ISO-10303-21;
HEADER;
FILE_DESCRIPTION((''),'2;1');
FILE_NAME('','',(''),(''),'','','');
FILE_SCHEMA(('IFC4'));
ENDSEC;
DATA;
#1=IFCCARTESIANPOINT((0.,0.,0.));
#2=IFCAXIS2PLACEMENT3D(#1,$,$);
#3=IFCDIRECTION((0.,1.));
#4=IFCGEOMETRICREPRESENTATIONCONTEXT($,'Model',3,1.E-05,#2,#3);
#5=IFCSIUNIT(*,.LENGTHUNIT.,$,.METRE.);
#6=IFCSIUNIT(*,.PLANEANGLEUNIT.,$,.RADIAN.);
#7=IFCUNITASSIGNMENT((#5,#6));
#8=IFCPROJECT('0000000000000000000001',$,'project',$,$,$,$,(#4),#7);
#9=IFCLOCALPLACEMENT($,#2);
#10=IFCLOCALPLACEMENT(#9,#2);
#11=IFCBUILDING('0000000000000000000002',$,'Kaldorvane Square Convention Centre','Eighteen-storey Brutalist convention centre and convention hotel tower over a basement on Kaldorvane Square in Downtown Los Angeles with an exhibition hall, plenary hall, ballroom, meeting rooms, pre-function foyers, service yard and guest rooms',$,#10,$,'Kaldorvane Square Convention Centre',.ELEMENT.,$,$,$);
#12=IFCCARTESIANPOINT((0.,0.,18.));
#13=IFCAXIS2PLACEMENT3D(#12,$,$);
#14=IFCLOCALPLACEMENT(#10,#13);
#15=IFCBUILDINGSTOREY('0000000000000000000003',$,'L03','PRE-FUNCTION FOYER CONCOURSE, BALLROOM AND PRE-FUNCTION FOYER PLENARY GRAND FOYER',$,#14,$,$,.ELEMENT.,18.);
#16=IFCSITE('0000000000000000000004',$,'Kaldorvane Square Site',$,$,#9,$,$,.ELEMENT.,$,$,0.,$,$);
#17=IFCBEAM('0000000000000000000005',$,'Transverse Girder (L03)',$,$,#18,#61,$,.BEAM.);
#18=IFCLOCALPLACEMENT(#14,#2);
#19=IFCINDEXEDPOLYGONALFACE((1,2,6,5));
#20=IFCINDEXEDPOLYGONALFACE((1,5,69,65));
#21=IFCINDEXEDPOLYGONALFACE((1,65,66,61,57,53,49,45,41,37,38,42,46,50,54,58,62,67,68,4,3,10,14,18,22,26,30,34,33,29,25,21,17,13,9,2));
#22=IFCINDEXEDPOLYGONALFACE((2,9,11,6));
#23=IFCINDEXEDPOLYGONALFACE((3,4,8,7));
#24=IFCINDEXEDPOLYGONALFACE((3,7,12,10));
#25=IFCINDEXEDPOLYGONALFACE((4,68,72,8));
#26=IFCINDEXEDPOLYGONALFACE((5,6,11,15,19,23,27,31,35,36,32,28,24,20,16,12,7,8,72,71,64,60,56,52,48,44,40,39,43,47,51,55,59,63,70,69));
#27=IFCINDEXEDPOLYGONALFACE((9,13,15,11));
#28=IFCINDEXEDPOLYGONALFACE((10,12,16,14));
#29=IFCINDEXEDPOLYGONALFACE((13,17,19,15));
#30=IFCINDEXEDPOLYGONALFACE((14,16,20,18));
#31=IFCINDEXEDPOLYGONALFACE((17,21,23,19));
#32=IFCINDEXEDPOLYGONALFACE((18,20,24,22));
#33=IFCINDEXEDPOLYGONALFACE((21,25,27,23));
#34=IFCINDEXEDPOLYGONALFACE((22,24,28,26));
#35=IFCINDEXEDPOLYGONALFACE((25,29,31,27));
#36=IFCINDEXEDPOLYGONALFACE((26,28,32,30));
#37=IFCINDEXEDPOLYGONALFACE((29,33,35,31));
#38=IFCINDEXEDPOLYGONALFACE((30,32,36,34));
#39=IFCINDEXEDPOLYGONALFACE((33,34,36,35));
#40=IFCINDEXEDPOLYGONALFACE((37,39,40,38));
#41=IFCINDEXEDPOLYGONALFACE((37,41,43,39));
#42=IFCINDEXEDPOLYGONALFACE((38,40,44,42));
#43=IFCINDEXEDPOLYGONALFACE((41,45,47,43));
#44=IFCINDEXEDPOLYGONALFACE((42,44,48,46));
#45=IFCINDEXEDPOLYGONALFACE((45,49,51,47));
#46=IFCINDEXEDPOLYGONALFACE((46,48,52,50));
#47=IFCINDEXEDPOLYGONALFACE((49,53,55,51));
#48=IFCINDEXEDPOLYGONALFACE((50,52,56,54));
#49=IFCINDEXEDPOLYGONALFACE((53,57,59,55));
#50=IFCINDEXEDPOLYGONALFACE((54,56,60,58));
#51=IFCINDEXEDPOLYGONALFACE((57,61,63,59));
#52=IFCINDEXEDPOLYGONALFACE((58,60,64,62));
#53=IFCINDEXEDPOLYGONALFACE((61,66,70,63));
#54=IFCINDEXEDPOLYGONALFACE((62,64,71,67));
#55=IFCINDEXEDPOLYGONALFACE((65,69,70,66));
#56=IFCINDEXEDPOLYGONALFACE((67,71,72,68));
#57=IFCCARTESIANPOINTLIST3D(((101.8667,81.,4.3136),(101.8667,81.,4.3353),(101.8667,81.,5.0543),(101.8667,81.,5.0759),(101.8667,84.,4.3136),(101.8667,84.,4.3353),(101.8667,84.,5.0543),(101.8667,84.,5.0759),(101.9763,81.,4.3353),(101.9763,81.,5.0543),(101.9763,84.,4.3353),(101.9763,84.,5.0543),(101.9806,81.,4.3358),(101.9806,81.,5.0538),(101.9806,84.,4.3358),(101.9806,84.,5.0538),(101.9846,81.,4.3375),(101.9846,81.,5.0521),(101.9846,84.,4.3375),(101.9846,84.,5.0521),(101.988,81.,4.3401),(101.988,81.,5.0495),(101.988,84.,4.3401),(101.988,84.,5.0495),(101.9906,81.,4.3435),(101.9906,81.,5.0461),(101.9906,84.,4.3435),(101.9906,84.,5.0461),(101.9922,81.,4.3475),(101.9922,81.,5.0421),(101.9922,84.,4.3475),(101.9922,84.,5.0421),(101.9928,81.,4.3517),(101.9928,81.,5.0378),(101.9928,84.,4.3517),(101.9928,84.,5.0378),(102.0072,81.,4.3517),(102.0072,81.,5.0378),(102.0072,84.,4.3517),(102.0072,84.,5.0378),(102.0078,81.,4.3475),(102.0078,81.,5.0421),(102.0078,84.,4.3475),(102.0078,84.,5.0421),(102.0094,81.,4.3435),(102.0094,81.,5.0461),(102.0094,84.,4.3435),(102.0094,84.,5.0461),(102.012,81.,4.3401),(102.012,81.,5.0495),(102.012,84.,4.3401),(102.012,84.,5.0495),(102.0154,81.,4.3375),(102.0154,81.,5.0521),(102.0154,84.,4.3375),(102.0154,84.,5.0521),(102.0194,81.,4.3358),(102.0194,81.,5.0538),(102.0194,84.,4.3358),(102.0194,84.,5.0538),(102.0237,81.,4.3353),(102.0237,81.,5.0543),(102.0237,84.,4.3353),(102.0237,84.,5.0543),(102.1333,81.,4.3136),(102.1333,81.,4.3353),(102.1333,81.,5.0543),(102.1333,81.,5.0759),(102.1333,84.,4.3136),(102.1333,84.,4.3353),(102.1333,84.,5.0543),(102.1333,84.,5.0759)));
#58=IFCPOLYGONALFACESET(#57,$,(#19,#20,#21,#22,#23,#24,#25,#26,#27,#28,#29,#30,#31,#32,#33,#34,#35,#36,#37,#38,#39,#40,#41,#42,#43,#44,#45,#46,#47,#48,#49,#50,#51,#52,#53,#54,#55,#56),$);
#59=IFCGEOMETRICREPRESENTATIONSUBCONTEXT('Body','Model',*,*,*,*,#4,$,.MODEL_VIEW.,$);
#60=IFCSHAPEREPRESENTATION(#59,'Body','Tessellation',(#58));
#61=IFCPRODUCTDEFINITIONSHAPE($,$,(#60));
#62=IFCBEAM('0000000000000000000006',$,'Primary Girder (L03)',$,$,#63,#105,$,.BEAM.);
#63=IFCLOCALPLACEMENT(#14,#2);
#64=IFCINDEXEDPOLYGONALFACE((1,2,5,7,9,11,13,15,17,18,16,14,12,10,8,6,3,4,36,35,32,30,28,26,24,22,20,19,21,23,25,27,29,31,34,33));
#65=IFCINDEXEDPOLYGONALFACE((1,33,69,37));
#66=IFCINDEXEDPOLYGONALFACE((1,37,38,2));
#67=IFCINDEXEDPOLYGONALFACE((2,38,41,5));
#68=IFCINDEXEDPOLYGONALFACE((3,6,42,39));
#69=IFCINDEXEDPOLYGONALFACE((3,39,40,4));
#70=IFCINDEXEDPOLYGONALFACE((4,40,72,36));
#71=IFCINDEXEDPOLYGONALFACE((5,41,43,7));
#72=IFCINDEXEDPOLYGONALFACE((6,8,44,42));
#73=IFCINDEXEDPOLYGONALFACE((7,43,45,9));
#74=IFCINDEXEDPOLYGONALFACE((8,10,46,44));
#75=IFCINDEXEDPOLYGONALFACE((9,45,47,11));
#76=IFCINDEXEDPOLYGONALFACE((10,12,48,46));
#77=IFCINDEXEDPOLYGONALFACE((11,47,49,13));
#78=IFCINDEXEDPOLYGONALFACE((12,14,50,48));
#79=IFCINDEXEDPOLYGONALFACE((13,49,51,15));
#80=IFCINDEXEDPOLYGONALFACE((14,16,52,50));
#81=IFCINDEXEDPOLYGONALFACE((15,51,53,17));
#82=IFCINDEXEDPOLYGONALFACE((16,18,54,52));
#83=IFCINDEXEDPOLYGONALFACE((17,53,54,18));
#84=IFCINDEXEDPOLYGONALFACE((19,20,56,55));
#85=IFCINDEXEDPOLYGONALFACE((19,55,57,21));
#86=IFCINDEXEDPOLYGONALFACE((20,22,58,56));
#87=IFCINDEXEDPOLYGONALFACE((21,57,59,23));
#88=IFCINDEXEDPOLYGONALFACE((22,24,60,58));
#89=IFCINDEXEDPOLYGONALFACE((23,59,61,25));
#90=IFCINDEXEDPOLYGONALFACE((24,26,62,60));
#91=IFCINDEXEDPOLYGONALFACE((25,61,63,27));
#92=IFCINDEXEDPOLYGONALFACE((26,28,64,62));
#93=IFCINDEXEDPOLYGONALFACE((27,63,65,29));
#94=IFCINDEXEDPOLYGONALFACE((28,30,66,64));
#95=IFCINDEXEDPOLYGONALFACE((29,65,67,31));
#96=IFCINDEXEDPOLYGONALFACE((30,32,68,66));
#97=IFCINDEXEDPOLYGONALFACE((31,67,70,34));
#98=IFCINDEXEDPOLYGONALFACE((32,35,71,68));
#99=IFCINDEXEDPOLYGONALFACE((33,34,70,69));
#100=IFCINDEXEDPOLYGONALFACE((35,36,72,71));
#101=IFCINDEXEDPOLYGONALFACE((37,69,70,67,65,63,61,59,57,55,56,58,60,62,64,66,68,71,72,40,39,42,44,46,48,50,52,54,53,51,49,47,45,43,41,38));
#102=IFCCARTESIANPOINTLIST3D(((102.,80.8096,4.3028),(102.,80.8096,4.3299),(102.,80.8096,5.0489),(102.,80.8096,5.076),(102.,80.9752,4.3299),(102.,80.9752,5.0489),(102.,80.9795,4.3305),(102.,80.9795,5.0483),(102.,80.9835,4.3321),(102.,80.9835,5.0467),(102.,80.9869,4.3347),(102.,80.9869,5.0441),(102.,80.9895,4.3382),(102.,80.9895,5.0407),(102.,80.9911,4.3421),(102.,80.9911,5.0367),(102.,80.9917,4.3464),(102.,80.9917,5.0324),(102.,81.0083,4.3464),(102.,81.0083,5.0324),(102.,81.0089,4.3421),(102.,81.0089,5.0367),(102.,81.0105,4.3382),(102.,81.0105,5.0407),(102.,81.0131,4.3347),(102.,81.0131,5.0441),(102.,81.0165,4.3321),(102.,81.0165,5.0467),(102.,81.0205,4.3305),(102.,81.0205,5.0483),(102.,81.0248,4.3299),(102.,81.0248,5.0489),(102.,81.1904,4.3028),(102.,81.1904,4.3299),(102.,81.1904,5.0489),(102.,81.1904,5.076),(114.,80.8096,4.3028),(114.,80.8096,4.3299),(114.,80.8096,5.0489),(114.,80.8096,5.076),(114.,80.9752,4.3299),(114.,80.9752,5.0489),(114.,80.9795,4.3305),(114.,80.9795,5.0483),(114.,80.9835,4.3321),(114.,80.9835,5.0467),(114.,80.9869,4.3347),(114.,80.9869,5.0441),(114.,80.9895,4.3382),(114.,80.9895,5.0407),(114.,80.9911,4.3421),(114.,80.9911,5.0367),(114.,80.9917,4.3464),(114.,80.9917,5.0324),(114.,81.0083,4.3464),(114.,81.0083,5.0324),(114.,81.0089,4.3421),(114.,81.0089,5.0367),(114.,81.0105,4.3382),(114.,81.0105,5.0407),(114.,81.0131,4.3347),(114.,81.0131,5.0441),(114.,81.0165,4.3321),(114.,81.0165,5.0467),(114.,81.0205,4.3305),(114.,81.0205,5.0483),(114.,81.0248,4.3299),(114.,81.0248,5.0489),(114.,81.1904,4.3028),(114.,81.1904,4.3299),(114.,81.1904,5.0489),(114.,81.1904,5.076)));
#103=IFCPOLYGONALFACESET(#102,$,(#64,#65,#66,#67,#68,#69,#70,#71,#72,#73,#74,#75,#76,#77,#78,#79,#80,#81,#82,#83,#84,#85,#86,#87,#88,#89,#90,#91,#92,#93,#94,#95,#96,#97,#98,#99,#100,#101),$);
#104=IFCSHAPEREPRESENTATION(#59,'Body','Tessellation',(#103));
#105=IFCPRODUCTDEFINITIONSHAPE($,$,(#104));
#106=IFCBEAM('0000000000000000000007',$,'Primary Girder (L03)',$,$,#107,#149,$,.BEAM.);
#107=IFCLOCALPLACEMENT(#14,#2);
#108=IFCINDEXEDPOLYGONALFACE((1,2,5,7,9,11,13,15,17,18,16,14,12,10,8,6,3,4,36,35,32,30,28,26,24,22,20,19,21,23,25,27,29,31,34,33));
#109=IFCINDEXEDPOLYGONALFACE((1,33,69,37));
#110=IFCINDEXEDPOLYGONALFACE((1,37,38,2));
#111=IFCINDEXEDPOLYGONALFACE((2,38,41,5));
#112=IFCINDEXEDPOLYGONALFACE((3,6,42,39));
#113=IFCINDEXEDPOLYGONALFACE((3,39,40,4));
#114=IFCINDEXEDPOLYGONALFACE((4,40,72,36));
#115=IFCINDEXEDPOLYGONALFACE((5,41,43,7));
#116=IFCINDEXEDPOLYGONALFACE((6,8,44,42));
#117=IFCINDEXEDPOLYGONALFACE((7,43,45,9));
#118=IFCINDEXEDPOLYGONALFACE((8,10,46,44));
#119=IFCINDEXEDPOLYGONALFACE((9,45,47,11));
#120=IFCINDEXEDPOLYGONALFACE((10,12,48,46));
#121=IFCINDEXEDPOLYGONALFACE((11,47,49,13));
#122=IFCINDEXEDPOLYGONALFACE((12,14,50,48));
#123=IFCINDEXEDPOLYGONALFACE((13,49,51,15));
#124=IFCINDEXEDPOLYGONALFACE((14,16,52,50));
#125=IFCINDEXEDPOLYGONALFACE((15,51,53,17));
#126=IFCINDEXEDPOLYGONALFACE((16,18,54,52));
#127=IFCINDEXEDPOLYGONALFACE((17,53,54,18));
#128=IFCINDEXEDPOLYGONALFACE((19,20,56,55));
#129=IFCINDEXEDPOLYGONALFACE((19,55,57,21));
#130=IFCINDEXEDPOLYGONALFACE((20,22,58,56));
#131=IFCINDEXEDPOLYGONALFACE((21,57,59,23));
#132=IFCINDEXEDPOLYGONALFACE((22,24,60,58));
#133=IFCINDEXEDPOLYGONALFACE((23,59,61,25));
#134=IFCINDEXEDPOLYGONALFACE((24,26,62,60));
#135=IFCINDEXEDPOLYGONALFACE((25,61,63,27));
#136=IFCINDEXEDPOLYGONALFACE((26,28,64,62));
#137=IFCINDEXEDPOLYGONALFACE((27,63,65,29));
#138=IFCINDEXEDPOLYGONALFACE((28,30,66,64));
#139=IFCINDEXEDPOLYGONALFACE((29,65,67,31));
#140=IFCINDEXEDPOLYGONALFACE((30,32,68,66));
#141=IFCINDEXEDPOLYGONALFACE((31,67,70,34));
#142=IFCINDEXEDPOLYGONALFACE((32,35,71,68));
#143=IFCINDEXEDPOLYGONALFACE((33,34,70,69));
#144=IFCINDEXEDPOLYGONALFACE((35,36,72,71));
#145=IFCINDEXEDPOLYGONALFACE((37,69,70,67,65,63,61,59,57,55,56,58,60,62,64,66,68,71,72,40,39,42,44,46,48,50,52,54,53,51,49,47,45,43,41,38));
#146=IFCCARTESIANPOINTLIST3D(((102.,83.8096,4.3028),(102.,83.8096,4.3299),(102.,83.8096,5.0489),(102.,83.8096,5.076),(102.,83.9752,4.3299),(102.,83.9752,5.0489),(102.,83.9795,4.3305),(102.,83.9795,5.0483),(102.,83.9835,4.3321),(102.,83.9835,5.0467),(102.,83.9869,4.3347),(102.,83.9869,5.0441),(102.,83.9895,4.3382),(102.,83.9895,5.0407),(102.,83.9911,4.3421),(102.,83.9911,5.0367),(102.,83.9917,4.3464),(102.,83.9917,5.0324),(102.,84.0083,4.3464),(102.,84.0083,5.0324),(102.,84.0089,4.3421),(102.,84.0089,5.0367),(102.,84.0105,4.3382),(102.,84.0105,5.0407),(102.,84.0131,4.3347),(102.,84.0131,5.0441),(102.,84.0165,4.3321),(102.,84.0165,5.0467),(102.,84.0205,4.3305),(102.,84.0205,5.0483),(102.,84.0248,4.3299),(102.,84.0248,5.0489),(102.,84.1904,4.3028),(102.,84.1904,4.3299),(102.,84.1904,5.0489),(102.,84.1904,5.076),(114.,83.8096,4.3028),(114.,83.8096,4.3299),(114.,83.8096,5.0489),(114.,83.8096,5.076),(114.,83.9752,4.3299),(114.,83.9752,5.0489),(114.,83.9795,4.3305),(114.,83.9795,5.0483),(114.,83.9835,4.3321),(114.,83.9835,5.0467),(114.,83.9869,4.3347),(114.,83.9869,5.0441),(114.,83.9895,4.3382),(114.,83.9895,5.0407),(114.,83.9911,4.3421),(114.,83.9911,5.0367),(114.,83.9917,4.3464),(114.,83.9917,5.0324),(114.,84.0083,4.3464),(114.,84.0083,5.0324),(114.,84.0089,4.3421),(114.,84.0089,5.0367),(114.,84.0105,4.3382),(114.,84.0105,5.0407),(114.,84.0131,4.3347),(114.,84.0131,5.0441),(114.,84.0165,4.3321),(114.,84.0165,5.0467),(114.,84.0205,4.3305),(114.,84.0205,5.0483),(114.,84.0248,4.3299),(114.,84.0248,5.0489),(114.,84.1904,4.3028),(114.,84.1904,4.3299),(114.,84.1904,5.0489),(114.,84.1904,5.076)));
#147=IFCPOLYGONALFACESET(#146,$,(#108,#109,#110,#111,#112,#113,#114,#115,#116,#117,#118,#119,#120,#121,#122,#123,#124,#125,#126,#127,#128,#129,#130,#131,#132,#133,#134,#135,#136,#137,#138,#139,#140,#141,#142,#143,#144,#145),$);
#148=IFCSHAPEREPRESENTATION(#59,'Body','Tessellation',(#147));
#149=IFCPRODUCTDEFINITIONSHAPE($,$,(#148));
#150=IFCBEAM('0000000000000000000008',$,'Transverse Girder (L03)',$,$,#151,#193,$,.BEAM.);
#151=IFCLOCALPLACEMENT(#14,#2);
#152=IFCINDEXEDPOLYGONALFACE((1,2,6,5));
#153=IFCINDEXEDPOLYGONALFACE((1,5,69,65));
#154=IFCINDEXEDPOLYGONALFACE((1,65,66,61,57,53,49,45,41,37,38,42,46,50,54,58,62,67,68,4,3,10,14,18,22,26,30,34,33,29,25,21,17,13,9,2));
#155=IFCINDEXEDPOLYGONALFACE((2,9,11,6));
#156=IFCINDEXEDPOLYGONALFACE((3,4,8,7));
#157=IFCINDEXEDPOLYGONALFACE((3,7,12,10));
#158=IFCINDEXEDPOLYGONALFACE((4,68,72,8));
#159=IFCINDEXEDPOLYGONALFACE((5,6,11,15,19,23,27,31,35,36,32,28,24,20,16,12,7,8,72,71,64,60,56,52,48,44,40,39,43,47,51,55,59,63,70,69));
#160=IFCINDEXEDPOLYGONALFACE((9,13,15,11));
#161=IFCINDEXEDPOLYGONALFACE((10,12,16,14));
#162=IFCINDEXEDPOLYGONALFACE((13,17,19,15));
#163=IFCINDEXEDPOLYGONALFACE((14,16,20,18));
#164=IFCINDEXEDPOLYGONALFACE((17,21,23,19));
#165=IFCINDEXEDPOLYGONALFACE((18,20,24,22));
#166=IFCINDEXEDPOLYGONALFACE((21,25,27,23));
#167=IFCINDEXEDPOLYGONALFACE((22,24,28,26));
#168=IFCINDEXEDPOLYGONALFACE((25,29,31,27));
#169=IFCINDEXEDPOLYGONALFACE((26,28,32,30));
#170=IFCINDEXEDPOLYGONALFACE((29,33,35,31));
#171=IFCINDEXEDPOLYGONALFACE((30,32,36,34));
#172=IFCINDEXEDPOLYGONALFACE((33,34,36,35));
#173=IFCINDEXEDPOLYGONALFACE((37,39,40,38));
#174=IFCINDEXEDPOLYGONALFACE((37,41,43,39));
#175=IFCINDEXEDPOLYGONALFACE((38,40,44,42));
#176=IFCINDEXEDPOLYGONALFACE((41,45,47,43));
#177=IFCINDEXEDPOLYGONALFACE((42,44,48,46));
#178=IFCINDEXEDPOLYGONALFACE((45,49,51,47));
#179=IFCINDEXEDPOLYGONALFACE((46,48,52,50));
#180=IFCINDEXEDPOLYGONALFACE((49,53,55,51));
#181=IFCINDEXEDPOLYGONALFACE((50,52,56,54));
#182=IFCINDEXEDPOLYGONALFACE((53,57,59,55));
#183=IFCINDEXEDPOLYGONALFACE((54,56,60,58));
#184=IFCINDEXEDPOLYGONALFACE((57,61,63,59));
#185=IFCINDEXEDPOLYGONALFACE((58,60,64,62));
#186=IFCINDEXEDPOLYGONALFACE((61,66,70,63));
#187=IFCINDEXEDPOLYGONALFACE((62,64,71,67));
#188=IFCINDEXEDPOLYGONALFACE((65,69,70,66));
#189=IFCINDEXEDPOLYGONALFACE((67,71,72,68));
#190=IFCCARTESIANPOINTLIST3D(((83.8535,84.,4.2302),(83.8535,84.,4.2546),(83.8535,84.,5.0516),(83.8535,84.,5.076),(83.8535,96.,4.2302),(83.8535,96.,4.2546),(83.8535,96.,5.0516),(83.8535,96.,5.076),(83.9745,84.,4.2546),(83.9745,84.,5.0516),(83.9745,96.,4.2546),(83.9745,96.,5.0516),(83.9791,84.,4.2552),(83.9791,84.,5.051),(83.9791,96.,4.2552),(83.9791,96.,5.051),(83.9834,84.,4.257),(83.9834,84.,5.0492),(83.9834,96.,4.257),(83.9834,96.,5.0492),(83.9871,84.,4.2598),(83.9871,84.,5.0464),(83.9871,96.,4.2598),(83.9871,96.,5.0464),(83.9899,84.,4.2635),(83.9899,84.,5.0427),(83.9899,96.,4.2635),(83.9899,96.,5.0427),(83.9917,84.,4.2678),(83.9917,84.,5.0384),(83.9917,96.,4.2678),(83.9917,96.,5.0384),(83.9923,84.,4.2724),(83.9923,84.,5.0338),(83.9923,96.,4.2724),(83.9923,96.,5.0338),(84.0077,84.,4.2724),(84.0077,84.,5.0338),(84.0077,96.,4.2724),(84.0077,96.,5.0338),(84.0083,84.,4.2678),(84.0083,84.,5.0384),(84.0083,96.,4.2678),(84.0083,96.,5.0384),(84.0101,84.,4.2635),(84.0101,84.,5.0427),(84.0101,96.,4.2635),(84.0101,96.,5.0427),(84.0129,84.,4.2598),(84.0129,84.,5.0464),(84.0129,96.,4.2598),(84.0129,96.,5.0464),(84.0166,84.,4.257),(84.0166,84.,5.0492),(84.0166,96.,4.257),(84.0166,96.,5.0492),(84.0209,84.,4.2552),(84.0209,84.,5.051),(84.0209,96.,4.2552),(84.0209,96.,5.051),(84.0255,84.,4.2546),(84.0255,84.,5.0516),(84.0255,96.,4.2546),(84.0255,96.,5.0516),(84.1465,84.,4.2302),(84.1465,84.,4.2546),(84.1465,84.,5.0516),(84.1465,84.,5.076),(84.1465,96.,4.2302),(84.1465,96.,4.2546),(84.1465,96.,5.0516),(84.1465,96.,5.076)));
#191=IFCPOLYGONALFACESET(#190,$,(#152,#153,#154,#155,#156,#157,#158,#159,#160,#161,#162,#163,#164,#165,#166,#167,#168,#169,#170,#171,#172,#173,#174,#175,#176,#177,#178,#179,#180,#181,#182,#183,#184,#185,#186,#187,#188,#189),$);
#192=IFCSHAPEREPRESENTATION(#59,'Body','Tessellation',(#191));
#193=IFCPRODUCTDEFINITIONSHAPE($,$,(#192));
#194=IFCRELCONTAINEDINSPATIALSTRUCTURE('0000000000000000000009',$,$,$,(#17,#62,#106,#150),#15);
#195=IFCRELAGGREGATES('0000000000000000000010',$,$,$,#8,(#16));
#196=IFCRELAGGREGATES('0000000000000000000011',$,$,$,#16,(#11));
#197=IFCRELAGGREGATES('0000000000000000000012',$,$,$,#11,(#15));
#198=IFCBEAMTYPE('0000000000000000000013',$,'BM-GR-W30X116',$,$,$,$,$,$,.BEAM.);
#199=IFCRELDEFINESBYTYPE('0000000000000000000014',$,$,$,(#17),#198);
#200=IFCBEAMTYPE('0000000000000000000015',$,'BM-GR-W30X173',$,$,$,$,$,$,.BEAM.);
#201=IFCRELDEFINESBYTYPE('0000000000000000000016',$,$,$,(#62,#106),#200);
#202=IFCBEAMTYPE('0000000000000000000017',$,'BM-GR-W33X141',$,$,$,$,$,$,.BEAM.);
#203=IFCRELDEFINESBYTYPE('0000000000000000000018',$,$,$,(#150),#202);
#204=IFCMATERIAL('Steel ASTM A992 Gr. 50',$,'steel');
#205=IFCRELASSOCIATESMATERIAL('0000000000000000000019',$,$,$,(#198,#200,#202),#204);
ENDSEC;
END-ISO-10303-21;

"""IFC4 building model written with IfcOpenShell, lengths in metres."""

from ifc_helpers import new_model, si_unit, direction, frame, origin, origin_2d, place, context, subcontext, project, spatial, i_section, extrude, material, material_profile, profile_set, type_object, element, save


model = new_model("IFC4")

# Units and contexts
model_context = context("Model", 3, precision=1e-05, world=origin(), true_north=direction((0.0, 1.0)))
body_context = subcontext(model_context, "Body", "Model", "MODEL_VIEW")
ifc_project = project(units=[si_unit("LENGTHUNIT", "METRE"), si_unit("PLANEANGLEUNIT", "RADIAN")], contexts=[model_context])

# Site, building, storey
site_placement = place(None, origin())
site = spatial("IfcSite", under=ifc_project, at=site_placement, Name="Kaldorvane Square Site", CompositionType="ELEMENT", RefElevation=0.0)
building_placement = place(site_placement, origin())
building = spatial("IfcBuilding", under=site, at=building_placement, Name="Kaldorvane Square Convention Centre", Description="Eighteen-storey Brutalist convention centre and convention hotel tower over a basement on Kaldorvane Square in Downtown Los Angeles with an exhibition hall, plenary hall, ballroom, meeting rooms, pre-function foyers, service yard and guest rooms", LongName="Kaldorvane Square Convention Centre", CompositionType="ELEMENT")
storey_placement = place(building_placement, frame((0.0, 0.0, 18.0)))
storey = spatial("IfcBuildingStorey", under=building, at=storey_placement, Name="L03", Description="PRE-FUNCTION FOYER CONCOURSE, BALLROOM AND PRE-FUNCTION FOYER PLENARY GRAND FOYER", CompositionType="ELEMENT", Elevation=18.0)

# Shared definitions
ifc_material_1 = material(Name="Steel ASTM A992 Gr. 50", Category="steel")

# Beams
ifc_material_profile_1 = material_profile(ifc_material_1, i_section(OverallWidth=0.2666, OverallDepth=0.7623, WebThickness=0.0144, FlangeThickness=0.0216, FilletRadius=0.0165, at=origin_2d()), Name="W30X116")
ifc_profile_set_1 = profile_set([ifc_material_profile_1], Name="Steel ASTM A992 Gr. 50")
beam_type_1 = type_object("IfcBeamType", Name="BM-GR-W30X116", PredefinedType="BEAM", material=ifc_profile_set_1)
for number, where, z_axis, x_axis, name in (
    (1, (102.0, 81.0, 4.6948), (0.0, 1.0, 0.0), (-1.0, 0.0, 0.0), "Transverse Girder (L03)"),
):
    element("IfcBeam", number, at=place(storey_placement, frame(where, z_axis=z_axis, x_axis=x_axis)), inside=storey, type_object=beam_type_1, Name=name, PredefinedType="BEAM", context=body_context, shape_type="SweptSolid", body=[
        extrude(i_section(OverallWidth=0.2666, OverallDepth=0.7623, WebThickness=0.0144, FlangeThickness=0.0216, FilletRadius=0.0165, at=origin_2d()), origin(), (0.0, 0.0, 1.0), 3.0),
    ])
ifc_material_profile_2 = material_profile(ifc_material_1, i_section(OverallWidth=0.3807, OverallDepth=0.7732, WebThickness=0.0166, FlangeThickness=0.0271, FilletRadius=0.0165, at=origin_2d()), Name="W30X173")
ifc_profile_set_2 = profile_set([ifc_material_profile_2], Name="Steel ASTM A992 Gr. 50")
beam_type_2 = type_object("IfcBeamType", Name="BM-GR-W30X173", PredefinedType="BEAM", material=ifc_profile_set_2)
for number, where, z_axis, x_axis, name in (
    (2, (102.0, 81.0, 4.6894), (1.0, 0.0, 0.0), (0.0, 1.0, 0.0), "Primary Girder (L03)"),
    (3, (102.0, 84.0, 4.6894), (1.0, 0.0, 0.0), (0.0, 1.0, 0.0), "Primary Girder (L03)"),
):
    element("IfcBeam", number, at=place(storey_placement, frame(where, z_axis=z_axis, x_axis=x_axis)), inside=storey, type_object=beam_type_2, Name=name, PredefinedType="BEAM", context=body_context, shape_type="SweptSolid", body=[
        extrude(i_section(OverallWidth=0.3807, OverallDepth=0.7732, WebThickness=0.0166, FlangeThickness=0.0271, FilletRadius=0.0165, at=origin_2d()), origin(), (0.0, 0.0, 1.0), 12.0),
    ])
ifc_material_profile_3 = material_profile(ifc_material_1, i_section(OverallWidth=0.293, OverallDepth=0.8458, WebThickness=0.0154, FlangeThickness=0.0244, FilletRadius=0.0178, at=origin_2d()), Name="W33X141")
ifc_profile_set_3 = profile_set([ifc_material_profile_3], Name="Steel ASTM A992 Gr. 50")
beam_type_3 = type_object("IfcBeamType", Name="BM-GR-W33X141", PredefinedType="BEAM", material=ifc_profile_set_3)
for number, where, z_axis, x_axis, name in (
    (4, (84.0, 84.0, 4.6531), (0.0, 1.0, 0.0), (-1.0, 0.0, 0.0), "Transverse Girder (L03)"),
):
    element("IfcBeam", number, at=place(storey_placement, frame(where, z_axis=z_axis, x_axis=x_axis)), inside=storey, type_object=beam_type_3, Name=name, PredefinedType="BEAM", context=body_context, shape_type="SweptSolid", body=[
        extrude(i_section(OverallWidth=0.293, OverallDepth=0.8458, WebThickness=0.0154, FlangeThickness=0.0244, FilletRadius=0.0178, at=origin_2d()), origin(), (0.0, 0.0, 1.0), 12.0),
    ])

save(model, "model.ifc")
